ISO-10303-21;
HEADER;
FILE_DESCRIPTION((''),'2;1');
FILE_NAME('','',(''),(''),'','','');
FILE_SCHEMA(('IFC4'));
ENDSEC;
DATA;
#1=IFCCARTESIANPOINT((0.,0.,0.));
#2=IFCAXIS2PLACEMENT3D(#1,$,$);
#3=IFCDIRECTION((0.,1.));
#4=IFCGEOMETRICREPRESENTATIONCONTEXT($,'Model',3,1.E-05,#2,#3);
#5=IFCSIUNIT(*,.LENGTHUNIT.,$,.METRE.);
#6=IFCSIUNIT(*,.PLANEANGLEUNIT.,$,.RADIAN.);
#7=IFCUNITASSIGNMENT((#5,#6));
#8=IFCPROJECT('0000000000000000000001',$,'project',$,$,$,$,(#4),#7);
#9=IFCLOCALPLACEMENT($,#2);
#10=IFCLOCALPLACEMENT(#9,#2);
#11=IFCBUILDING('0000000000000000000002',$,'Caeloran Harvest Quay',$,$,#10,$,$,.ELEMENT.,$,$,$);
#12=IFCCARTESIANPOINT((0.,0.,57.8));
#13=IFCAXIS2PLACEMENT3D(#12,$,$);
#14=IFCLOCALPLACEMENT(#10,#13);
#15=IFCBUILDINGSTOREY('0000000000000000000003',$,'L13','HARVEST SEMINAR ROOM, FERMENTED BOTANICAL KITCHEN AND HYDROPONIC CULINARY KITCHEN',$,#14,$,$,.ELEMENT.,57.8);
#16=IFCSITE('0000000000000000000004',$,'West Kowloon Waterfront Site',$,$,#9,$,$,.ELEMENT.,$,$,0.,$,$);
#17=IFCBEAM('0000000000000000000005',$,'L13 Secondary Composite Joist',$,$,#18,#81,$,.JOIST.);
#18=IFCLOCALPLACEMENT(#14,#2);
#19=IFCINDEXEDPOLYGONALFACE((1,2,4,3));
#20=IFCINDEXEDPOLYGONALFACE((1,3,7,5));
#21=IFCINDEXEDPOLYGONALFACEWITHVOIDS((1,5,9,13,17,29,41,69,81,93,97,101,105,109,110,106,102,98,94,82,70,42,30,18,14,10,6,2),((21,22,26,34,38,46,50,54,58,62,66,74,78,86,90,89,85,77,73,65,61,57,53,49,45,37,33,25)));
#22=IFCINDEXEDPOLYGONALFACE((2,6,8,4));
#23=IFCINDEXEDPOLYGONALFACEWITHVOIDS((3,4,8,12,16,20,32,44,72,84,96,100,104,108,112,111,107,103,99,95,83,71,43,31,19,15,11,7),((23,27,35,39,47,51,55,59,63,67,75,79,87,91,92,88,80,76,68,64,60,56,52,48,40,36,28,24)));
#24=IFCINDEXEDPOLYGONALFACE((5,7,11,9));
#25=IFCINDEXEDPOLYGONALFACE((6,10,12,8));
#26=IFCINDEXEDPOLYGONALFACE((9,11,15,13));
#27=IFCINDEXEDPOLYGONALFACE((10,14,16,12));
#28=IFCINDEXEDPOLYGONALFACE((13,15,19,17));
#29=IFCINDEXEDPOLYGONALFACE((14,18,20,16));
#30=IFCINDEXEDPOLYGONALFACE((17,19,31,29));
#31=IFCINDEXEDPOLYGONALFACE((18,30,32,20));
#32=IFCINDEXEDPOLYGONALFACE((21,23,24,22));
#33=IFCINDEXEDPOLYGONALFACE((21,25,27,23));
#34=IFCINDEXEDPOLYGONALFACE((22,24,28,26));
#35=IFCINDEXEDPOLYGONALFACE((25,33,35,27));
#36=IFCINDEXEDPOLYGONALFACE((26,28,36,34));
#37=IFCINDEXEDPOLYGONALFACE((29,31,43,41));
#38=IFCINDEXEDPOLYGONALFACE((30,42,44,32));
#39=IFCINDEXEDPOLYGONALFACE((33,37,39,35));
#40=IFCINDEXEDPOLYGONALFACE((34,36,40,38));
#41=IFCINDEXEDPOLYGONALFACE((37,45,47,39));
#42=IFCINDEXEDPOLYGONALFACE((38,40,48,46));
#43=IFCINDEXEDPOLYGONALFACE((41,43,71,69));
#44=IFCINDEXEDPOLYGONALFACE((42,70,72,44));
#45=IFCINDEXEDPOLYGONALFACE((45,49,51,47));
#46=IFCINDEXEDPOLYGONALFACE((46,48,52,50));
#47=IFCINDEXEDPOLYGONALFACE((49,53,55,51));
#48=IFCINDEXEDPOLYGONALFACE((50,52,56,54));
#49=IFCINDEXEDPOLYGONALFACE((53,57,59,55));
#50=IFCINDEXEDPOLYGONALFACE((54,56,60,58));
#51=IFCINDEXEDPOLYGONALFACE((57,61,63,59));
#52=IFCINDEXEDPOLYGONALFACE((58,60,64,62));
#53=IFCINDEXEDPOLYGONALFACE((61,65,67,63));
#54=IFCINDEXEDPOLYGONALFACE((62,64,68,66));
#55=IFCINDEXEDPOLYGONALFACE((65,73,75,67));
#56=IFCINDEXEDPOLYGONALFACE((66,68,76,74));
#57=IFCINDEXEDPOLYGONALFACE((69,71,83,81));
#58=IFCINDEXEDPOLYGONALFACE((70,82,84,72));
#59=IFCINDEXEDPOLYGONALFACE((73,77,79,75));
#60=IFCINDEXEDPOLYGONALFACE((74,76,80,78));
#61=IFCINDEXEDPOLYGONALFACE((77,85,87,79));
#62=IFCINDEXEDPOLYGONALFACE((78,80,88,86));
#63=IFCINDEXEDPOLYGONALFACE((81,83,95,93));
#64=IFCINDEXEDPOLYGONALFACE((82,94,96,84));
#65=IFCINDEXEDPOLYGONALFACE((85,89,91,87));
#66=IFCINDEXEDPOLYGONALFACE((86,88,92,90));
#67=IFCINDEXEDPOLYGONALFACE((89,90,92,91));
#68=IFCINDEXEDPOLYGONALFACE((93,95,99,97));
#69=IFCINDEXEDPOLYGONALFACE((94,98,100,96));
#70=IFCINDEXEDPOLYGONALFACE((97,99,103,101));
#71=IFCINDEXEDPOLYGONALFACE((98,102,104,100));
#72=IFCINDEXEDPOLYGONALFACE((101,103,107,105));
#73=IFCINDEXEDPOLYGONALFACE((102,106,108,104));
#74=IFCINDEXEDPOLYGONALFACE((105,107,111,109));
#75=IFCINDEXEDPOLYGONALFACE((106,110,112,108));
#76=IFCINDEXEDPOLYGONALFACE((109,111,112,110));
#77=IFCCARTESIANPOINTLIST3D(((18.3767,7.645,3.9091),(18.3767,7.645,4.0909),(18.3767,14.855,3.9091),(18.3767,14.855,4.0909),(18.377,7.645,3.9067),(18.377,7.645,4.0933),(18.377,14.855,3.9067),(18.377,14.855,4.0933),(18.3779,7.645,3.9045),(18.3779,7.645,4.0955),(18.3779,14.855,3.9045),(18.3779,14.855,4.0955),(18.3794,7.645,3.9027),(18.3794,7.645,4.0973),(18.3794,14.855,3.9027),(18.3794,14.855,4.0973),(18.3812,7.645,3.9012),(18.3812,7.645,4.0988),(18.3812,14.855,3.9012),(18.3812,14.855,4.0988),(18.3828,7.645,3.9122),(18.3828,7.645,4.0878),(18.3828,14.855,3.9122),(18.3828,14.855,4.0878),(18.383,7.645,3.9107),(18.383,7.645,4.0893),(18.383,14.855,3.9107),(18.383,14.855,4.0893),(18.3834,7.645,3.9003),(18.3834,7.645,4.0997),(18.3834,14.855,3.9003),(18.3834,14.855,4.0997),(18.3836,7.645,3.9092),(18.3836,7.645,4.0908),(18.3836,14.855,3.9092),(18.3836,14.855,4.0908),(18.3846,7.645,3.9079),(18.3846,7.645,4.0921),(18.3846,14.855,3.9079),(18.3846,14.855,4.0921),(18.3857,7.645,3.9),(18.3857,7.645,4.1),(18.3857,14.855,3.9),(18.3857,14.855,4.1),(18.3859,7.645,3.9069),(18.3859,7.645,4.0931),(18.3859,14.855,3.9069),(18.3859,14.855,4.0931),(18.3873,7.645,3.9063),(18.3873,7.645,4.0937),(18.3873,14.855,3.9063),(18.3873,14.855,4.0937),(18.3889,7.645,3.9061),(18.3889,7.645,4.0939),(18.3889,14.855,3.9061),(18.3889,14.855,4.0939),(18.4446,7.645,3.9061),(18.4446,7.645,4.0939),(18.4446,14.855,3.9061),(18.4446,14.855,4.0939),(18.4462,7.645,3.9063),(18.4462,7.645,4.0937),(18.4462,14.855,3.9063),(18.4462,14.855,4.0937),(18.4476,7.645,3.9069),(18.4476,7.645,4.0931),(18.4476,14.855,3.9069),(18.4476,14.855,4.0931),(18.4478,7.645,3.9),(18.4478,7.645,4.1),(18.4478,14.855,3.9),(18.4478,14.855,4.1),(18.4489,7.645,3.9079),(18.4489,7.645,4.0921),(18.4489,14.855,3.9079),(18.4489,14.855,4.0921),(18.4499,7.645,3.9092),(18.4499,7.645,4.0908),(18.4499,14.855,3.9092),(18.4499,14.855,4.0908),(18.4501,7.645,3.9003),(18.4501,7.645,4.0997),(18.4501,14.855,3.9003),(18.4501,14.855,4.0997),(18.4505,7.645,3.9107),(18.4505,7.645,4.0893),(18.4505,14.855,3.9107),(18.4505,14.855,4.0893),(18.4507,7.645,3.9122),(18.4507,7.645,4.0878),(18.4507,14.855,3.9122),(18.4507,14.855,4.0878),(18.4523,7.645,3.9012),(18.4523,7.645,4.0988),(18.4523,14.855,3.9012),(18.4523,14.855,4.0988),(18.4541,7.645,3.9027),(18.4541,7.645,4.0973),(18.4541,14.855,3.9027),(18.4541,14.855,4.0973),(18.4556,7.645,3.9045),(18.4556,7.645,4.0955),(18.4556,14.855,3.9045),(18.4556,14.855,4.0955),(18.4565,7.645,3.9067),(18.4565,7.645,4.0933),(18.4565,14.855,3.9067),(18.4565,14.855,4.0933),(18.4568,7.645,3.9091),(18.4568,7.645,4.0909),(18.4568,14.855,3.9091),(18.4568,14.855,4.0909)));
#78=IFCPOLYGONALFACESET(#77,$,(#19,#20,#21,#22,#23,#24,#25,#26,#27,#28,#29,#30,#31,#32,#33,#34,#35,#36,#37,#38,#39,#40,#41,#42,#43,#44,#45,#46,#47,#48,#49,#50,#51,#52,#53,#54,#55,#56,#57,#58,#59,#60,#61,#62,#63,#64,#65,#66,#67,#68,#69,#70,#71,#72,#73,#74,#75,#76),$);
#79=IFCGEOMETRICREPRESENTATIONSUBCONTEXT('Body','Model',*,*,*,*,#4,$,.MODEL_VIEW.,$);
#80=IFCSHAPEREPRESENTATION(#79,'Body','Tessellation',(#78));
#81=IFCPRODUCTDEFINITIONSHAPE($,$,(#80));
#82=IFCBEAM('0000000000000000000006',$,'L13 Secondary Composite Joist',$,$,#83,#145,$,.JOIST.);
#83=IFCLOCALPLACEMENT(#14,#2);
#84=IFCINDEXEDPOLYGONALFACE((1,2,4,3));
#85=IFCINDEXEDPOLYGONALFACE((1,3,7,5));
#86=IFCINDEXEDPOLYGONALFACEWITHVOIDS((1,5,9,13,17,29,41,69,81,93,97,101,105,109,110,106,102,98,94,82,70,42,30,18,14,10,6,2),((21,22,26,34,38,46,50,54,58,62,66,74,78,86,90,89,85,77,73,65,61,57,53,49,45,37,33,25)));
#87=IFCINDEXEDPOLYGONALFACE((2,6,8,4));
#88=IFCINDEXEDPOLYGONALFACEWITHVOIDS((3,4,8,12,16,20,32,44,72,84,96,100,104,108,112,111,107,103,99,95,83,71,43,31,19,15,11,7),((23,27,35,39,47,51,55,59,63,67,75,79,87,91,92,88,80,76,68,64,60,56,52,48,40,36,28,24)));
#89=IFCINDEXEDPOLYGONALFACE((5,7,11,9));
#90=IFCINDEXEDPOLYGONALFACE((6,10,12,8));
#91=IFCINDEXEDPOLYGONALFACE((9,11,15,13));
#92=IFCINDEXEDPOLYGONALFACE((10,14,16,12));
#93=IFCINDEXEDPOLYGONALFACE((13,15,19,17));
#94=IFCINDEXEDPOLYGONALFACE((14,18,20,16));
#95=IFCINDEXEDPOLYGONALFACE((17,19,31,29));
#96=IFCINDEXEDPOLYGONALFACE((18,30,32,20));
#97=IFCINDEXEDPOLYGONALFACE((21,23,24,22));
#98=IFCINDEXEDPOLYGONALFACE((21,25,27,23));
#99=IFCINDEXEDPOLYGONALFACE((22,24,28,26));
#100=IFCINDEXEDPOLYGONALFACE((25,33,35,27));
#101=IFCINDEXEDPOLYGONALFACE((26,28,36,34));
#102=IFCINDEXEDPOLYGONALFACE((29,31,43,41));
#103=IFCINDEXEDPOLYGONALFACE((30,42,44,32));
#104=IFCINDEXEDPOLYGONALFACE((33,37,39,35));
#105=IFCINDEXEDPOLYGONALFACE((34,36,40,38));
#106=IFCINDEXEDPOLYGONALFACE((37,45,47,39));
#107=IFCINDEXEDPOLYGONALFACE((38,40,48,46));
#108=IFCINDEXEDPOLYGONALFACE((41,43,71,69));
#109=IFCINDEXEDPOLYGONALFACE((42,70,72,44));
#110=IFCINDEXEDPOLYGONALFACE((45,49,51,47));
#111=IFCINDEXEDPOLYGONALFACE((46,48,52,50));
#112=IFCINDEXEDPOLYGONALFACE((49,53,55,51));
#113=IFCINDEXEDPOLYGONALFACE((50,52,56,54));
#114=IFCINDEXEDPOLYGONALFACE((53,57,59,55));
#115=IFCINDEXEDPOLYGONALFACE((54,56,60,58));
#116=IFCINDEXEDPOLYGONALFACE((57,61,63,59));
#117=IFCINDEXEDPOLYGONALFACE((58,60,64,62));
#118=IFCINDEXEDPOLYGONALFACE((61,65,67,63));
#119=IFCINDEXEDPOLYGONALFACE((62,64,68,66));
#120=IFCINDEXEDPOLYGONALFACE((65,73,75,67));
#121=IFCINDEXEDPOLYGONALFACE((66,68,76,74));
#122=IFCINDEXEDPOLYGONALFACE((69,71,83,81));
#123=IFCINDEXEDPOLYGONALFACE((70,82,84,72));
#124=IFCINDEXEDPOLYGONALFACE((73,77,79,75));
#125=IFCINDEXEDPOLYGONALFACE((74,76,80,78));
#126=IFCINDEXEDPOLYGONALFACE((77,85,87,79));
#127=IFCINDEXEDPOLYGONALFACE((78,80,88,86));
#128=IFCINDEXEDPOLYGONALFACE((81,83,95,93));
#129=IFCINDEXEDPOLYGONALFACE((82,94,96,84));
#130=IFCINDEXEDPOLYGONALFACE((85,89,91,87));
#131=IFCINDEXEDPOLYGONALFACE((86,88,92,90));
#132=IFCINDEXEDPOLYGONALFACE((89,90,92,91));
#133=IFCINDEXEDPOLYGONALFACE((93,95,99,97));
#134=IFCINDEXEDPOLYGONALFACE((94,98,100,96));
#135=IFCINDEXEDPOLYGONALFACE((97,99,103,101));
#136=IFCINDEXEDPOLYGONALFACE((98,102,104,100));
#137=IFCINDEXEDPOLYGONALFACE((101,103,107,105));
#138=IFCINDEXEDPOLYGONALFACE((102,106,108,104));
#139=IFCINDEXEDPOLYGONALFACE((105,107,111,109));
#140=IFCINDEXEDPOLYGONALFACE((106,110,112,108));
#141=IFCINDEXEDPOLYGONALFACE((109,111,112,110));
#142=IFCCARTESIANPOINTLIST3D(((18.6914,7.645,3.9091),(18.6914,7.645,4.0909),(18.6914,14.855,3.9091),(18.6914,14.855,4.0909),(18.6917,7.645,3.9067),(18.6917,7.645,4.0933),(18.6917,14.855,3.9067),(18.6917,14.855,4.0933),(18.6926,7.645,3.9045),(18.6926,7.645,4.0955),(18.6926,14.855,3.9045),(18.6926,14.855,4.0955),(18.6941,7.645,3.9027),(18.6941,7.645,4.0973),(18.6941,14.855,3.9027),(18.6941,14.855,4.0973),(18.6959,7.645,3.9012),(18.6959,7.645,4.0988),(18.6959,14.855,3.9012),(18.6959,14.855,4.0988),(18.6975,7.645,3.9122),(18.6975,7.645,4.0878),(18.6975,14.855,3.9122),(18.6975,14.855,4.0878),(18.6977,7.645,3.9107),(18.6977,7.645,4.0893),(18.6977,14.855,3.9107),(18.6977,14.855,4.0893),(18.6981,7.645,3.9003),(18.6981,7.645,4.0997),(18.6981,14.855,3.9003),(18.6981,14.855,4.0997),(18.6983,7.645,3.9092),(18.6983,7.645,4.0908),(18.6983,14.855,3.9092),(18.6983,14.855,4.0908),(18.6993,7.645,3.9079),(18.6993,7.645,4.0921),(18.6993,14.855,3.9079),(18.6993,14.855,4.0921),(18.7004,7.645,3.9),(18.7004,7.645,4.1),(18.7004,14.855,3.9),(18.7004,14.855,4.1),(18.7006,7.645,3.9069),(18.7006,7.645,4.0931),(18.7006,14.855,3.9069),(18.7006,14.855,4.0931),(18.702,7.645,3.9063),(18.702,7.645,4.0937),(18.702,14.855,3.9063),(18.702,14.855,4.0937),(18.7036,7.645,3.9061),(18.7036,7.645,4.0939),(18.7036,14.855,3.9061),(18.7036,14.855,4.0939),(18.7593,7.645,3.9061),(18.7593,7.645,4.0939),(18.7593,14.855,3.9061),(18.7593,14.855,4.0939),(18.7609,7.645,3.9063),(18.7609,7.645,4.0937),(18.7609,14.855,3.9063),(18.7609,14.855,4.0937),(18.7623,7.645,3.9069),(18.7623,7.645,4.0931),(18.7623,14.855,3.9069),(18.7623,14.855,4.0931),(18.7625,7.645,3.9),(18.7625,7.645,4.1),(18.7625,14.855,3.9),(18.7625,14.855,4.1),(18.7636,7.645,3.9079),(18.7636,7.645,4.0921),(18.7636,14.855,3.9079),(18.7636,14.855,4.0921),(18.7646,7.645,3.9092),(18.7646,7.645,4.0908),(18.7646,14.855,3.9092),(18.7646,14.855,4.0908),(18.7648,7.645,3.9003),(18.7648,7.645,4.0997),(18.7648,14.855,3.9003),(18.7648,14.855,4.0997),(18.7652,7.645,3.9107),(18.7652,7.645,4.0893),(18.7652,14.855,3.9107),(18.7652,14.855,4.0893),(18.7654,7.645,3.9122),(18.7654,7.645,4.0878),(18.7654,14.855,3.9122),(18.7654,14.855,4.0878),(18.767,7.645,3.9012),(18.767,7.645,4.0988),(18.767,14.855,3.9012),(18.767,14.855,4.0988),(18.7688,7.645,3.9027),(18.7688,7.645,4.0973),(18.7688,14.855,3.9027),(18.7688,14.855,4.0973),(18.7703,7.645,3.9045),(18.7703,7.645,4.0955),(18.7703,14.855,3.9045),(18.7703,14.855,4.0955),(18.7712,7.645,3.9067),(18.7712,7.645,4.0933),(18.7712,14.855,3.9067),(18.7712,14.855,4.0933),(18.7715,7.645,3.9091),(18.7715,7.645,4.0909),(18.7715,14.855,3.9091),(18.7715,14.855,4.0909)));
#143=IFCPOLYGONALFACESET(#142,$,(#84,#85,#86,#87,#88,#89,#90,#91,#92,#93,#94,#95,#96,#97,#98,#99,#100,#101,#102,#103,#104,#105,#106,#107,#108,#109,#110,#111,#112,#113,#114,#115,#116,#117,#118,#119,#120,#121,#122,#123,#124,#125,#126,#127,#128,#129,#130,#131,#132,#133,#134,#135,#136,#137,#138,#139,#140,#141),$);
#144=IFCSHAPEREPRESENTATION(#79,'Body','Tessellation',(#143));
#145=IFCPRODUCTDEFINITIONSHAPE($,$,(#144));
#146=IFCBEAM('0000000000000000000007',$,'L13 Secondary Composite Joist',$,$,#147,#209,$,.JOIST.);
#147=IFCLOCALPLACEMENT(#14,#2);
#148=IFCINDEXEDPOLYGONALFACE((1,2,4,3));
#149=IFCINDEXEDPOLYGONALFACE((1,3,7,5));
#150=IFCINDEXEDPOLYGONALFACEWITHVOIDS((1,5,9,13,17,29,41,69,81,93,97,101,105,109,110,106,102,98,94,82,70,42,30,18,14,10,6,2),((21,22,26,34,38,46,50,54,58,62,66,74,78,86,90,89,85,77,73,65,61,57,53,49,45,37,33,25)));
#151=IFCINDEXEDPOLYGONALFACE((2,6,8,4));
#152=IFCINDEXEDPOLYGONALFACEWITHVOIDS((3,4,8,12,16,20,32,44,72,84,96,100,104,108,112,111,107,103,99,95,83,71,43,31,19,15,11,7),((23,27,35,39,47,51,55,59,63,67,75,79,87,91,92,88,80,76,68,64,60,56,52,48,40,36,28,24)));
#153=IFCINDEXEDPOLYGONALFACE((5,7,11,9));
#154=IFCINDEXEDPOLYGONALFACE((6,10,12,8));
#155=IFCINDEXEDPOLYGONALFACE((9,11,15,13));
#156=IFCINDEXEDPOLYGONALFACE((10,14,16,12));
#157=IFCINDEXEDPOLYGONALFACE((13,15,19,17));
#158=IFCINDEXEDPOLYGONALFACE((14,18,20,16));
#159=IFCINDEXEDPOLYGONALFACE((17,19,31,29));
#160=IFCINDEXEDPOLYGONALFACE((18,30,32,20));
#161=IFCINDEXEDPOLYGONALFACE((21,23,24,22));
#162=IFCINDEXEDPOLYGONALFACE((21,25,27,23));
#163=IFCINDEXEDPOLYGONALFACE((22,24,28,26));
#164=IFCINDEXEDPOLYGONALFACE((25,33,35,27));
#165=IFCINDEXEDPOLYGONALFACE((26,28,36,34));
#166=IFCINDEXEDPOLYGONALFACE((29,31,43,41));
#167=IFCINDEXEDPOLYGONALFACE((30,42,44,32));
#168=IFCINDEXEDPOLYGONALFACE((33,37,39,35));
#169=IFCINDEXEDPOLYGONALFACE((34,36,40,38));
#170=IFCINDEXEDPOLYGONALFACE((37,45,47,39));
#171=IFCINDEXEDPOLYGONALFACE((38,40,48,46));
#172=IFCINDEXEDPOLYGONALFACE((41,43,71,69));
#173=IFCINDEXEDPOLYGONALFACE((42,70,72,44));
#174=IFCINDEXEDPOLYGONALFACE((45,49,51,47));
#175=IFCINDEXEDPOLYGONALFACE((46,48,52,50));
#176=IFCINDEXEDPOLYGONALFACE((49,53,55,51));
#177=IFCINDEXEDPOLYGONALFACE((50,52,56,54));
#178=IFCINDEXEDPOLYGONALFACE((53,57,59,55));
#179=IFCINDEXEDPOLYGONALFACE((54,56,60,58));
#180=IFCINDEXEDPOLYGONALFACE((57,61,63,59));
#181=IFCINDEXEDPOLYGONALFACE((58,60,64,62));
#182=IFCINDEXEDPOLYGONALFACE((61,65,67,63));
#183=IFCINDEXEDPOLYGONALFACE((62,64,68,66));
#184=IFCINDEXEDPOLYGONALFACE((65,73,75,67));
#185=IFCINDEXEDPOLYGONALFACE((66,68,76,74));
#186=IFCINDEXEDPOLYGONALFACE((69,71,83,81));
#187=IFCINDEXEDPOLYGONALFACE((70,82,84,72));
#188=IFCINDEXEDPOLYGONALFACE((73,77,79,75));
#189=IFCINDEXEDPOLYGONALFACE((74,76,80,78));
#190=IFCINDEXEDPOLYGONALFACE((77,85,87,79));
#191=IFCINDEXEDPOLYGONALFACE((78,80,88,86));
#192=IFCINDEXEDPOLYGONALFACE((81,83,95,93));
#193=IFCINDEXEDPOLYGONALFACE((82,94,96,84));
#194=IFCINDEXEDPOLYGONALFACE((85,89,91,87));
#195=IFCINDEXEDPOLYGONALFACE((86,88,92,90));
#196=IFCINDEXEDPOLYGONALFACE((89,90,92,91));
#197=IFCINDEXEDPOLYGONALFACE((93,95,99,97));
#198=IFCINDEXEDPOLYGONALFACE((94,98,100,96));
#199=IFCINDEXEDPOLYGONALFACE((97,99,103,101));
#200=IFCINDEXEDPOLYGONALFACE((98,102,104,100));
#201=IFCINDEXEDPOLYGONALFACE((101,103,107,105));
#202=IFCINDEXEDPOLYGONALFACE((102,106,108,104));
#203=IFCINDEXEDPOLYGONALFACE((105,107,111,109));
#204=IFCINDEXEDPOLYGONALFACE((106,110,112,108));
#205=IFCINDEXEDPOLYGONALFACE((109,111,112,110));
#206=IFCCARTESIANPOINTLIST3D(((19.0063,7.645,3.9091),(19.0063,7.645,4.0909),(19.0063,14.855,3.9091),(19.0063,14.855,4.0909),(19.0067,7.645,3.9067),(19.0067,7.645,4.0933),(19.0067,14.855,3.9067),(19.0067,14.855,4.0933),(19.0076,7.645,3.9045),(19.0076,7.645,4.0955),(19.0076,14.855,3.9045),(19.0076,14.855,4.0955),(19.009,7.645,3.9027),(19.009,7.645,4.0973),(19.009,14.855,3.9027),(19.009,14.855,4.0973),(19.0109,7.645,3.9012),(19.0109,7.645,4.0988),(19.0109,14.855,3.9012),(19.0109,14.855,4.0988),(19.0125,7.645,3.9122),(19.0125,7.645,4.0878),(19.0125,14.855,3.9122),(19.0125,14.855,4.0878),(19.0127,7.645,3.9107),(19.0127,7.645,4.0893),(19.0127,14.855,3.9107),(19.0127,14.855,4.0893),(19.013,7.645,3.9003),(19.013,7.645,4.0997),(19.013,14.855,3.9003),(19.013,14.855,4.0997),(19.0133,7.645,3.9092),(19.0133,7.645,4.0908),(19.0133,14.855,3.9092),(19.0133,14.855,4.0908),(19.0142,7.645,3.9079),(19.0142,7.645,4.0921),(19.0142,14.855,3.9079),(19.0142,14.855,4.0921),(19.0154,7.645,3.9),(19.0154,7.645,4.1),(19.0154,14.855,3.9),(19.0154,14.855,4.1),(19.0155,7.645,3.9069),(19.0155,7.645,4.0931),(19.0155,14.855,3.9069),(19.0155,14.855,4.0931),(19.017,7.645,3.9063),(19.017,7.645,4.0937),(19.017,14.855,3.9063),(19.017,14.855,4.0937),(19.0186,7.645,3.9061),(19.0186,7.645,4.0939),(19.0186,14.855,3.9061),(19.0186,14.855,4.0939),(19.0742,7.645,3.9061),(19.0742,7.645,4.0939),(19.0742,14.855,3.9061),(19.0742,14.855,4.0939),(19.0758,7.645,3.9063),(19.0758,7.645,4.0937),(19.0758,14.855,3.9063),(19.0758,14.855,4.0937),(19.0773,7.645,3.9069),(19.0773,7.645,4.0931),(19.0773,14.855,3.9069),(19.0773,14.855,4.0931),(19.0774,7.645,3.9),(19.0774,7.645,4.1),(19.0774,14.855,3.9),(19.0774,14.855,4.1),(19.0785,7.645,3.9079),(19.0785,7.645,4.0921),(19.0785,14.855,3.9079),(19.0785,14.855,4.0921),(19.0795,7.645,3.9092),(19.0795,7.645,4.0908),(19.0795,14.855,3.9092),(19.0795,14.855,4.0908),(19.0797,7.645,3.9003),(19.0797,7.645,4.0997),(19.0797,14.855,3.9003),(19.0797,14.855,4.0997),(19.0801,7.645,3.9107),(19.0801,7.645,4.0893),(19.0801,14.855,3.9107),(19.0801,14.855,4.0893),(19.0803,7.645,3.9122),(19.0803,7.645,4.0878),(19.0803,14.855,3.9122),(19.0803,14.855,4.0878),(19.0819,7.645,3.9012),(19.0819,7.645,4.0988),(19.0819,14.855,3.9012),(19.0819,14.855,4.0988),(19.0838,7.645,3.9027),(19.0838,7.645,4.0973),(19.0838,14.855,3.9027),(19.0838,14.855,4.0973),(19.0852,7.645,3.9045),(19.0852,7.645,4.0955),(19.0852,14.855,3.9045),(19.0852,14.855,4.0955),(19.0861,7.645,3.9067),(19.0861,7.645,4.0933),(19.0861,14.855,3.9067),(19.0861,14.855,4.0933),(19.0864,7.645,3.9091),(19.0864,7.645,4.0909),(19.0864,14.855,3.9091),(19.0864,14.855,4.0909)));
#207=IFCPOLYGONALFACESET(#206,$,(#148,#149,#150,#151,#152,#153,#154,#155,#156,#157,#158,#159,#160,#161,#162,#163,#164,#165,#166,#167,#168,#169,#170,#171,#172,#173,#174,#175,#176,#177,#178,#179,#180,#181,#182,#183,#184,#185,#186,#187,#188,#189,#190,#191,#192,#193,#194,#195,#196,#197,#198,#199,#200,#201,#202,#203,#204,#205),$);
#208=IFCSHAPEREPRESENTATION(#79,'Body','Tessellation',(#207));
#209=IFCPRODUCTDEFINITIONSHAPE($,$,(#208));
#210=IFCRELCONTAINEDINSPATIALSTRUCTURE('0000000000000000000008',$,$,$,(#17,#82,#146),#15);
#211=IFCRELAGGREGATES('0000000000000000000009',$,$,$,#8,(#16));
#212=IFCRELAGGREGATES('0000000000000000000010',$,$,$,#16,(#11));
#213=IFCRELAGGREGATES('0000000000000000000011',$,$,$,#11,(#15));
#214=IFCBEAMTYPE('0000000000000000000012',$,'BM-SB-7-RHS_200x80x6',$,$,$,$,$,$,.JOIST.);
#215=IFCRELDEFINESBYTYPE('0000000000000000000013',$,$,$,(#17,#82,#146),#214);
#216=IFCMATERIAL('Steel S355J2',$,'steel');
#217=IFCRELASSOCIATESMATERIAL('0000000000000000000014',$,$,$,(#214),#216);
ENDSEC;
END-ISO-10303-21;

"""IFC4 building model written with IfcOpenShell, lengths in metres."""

from ifc_helpers import new_model, si_unit, direction, frame, origin, origin_2d, place, context, subcontext, project, spatial, hollow_rectangle, extrude, material, material_profile, profile_set, type_object, element, save


model = new_model("IFC4")

# Units and contexts
model_context = context("Model", 3, precision=1e-05, world=origin(), true_north=direction((0.0, 1.0)))
body_context = subcontext(model_context, "Body", "Model", "MODEL_VIEW")
ifc_project = project(units=[si_unit("LENGTHUNIT", "METRE"), si_unit("PLANEANGLEUNIT", "RADIAN")], contexts=[model_context])

# Site, building, storey
site_placement = place(None, origin())
site = spatial("IfcSite", under=ifc_project, at=site_placement, Name="West Kowloon Waterfront Site", CompositionType="ELEMENT", RefElevation=0.0)
building_placement = place(site_placement, origin())
building = spatial("IfcBuilding", under=site, at=building_placement, Name="Caeloran Harvest Quay", CompositionType="ELEMENT")
storey_placement = place(building_placement, frame((0.0, 0.0, 57.8)))
storey = spatial("IfcBuildingStorey", under=building, at=storey_placement, Name="L13", Description="HARVEST SEMINAR ROOM, FERMENTED BOTANICAL KITCHEN AND HYDROPONIC CULINARY KITCHEN", CompositionType="ELEMENT", Elevation=57.8)

# Beams
ifc_material = material(Name="Steel S355J2", Category="steel")
ifc_material_profile_1 = material_profile(ifc_material, hollow_rectangle(XDim=0.0801, YDim=0.2, WallThickness=0.0061, InnerFilletRadius=0.0061, OuterFilletRadius=0.009, at=origin_2d()), Name="RHS 200x80x6")
ifc_profile_set_1 = profile_set([ifc_material_profile_1], Name="Steel S355J2")
beam_type_1 = type_object("IfcBeamType", Name="BM-SB-7-RHS_200x80x6", PredefinedType="JOIST", material=ifc_profile_set_1)
for number, where, z_axis, x_axis, name in (
    (1, (18.4167, 7.645, 4.0), (0.0, 1.0, 0.0), (-1.0, 0.0, 0.0), "L13 Secondary Composite Joist"),
    (2, (18.7314, 7.645, 4.0), (0.0, 1.0, 0.0), (-1.0, 0.0, 0.0), "L13 Secondary Composite Joist"),
    (3, (19.0464, 7.645, 4.0), (0.0, 1.0, 0.0), (-1.0, 0.0, 0.0), "L13 Secondary Composite Joist"),
):
    element("IfcBeam", number, at=place(storey_placement, frame(where, z_axis=z_axis, x_axis=x_axis)), inside=storey, type_object=beam_type_1, Name=name, PredefinedType="JOIST", context=body_context, shape_type="SweptSolid", body=[
        extrude(hollow_rectangle(XDim=0.0801, YDim=0.2, WallThickness=0.0061, InnerFilletRadius=0.0061, OuterFilletRadius=0.009, at=origin_2d()), origin(), (0.0, 0.0, 1.0), 7.21),
    ])

save(model, "model.ifc")
